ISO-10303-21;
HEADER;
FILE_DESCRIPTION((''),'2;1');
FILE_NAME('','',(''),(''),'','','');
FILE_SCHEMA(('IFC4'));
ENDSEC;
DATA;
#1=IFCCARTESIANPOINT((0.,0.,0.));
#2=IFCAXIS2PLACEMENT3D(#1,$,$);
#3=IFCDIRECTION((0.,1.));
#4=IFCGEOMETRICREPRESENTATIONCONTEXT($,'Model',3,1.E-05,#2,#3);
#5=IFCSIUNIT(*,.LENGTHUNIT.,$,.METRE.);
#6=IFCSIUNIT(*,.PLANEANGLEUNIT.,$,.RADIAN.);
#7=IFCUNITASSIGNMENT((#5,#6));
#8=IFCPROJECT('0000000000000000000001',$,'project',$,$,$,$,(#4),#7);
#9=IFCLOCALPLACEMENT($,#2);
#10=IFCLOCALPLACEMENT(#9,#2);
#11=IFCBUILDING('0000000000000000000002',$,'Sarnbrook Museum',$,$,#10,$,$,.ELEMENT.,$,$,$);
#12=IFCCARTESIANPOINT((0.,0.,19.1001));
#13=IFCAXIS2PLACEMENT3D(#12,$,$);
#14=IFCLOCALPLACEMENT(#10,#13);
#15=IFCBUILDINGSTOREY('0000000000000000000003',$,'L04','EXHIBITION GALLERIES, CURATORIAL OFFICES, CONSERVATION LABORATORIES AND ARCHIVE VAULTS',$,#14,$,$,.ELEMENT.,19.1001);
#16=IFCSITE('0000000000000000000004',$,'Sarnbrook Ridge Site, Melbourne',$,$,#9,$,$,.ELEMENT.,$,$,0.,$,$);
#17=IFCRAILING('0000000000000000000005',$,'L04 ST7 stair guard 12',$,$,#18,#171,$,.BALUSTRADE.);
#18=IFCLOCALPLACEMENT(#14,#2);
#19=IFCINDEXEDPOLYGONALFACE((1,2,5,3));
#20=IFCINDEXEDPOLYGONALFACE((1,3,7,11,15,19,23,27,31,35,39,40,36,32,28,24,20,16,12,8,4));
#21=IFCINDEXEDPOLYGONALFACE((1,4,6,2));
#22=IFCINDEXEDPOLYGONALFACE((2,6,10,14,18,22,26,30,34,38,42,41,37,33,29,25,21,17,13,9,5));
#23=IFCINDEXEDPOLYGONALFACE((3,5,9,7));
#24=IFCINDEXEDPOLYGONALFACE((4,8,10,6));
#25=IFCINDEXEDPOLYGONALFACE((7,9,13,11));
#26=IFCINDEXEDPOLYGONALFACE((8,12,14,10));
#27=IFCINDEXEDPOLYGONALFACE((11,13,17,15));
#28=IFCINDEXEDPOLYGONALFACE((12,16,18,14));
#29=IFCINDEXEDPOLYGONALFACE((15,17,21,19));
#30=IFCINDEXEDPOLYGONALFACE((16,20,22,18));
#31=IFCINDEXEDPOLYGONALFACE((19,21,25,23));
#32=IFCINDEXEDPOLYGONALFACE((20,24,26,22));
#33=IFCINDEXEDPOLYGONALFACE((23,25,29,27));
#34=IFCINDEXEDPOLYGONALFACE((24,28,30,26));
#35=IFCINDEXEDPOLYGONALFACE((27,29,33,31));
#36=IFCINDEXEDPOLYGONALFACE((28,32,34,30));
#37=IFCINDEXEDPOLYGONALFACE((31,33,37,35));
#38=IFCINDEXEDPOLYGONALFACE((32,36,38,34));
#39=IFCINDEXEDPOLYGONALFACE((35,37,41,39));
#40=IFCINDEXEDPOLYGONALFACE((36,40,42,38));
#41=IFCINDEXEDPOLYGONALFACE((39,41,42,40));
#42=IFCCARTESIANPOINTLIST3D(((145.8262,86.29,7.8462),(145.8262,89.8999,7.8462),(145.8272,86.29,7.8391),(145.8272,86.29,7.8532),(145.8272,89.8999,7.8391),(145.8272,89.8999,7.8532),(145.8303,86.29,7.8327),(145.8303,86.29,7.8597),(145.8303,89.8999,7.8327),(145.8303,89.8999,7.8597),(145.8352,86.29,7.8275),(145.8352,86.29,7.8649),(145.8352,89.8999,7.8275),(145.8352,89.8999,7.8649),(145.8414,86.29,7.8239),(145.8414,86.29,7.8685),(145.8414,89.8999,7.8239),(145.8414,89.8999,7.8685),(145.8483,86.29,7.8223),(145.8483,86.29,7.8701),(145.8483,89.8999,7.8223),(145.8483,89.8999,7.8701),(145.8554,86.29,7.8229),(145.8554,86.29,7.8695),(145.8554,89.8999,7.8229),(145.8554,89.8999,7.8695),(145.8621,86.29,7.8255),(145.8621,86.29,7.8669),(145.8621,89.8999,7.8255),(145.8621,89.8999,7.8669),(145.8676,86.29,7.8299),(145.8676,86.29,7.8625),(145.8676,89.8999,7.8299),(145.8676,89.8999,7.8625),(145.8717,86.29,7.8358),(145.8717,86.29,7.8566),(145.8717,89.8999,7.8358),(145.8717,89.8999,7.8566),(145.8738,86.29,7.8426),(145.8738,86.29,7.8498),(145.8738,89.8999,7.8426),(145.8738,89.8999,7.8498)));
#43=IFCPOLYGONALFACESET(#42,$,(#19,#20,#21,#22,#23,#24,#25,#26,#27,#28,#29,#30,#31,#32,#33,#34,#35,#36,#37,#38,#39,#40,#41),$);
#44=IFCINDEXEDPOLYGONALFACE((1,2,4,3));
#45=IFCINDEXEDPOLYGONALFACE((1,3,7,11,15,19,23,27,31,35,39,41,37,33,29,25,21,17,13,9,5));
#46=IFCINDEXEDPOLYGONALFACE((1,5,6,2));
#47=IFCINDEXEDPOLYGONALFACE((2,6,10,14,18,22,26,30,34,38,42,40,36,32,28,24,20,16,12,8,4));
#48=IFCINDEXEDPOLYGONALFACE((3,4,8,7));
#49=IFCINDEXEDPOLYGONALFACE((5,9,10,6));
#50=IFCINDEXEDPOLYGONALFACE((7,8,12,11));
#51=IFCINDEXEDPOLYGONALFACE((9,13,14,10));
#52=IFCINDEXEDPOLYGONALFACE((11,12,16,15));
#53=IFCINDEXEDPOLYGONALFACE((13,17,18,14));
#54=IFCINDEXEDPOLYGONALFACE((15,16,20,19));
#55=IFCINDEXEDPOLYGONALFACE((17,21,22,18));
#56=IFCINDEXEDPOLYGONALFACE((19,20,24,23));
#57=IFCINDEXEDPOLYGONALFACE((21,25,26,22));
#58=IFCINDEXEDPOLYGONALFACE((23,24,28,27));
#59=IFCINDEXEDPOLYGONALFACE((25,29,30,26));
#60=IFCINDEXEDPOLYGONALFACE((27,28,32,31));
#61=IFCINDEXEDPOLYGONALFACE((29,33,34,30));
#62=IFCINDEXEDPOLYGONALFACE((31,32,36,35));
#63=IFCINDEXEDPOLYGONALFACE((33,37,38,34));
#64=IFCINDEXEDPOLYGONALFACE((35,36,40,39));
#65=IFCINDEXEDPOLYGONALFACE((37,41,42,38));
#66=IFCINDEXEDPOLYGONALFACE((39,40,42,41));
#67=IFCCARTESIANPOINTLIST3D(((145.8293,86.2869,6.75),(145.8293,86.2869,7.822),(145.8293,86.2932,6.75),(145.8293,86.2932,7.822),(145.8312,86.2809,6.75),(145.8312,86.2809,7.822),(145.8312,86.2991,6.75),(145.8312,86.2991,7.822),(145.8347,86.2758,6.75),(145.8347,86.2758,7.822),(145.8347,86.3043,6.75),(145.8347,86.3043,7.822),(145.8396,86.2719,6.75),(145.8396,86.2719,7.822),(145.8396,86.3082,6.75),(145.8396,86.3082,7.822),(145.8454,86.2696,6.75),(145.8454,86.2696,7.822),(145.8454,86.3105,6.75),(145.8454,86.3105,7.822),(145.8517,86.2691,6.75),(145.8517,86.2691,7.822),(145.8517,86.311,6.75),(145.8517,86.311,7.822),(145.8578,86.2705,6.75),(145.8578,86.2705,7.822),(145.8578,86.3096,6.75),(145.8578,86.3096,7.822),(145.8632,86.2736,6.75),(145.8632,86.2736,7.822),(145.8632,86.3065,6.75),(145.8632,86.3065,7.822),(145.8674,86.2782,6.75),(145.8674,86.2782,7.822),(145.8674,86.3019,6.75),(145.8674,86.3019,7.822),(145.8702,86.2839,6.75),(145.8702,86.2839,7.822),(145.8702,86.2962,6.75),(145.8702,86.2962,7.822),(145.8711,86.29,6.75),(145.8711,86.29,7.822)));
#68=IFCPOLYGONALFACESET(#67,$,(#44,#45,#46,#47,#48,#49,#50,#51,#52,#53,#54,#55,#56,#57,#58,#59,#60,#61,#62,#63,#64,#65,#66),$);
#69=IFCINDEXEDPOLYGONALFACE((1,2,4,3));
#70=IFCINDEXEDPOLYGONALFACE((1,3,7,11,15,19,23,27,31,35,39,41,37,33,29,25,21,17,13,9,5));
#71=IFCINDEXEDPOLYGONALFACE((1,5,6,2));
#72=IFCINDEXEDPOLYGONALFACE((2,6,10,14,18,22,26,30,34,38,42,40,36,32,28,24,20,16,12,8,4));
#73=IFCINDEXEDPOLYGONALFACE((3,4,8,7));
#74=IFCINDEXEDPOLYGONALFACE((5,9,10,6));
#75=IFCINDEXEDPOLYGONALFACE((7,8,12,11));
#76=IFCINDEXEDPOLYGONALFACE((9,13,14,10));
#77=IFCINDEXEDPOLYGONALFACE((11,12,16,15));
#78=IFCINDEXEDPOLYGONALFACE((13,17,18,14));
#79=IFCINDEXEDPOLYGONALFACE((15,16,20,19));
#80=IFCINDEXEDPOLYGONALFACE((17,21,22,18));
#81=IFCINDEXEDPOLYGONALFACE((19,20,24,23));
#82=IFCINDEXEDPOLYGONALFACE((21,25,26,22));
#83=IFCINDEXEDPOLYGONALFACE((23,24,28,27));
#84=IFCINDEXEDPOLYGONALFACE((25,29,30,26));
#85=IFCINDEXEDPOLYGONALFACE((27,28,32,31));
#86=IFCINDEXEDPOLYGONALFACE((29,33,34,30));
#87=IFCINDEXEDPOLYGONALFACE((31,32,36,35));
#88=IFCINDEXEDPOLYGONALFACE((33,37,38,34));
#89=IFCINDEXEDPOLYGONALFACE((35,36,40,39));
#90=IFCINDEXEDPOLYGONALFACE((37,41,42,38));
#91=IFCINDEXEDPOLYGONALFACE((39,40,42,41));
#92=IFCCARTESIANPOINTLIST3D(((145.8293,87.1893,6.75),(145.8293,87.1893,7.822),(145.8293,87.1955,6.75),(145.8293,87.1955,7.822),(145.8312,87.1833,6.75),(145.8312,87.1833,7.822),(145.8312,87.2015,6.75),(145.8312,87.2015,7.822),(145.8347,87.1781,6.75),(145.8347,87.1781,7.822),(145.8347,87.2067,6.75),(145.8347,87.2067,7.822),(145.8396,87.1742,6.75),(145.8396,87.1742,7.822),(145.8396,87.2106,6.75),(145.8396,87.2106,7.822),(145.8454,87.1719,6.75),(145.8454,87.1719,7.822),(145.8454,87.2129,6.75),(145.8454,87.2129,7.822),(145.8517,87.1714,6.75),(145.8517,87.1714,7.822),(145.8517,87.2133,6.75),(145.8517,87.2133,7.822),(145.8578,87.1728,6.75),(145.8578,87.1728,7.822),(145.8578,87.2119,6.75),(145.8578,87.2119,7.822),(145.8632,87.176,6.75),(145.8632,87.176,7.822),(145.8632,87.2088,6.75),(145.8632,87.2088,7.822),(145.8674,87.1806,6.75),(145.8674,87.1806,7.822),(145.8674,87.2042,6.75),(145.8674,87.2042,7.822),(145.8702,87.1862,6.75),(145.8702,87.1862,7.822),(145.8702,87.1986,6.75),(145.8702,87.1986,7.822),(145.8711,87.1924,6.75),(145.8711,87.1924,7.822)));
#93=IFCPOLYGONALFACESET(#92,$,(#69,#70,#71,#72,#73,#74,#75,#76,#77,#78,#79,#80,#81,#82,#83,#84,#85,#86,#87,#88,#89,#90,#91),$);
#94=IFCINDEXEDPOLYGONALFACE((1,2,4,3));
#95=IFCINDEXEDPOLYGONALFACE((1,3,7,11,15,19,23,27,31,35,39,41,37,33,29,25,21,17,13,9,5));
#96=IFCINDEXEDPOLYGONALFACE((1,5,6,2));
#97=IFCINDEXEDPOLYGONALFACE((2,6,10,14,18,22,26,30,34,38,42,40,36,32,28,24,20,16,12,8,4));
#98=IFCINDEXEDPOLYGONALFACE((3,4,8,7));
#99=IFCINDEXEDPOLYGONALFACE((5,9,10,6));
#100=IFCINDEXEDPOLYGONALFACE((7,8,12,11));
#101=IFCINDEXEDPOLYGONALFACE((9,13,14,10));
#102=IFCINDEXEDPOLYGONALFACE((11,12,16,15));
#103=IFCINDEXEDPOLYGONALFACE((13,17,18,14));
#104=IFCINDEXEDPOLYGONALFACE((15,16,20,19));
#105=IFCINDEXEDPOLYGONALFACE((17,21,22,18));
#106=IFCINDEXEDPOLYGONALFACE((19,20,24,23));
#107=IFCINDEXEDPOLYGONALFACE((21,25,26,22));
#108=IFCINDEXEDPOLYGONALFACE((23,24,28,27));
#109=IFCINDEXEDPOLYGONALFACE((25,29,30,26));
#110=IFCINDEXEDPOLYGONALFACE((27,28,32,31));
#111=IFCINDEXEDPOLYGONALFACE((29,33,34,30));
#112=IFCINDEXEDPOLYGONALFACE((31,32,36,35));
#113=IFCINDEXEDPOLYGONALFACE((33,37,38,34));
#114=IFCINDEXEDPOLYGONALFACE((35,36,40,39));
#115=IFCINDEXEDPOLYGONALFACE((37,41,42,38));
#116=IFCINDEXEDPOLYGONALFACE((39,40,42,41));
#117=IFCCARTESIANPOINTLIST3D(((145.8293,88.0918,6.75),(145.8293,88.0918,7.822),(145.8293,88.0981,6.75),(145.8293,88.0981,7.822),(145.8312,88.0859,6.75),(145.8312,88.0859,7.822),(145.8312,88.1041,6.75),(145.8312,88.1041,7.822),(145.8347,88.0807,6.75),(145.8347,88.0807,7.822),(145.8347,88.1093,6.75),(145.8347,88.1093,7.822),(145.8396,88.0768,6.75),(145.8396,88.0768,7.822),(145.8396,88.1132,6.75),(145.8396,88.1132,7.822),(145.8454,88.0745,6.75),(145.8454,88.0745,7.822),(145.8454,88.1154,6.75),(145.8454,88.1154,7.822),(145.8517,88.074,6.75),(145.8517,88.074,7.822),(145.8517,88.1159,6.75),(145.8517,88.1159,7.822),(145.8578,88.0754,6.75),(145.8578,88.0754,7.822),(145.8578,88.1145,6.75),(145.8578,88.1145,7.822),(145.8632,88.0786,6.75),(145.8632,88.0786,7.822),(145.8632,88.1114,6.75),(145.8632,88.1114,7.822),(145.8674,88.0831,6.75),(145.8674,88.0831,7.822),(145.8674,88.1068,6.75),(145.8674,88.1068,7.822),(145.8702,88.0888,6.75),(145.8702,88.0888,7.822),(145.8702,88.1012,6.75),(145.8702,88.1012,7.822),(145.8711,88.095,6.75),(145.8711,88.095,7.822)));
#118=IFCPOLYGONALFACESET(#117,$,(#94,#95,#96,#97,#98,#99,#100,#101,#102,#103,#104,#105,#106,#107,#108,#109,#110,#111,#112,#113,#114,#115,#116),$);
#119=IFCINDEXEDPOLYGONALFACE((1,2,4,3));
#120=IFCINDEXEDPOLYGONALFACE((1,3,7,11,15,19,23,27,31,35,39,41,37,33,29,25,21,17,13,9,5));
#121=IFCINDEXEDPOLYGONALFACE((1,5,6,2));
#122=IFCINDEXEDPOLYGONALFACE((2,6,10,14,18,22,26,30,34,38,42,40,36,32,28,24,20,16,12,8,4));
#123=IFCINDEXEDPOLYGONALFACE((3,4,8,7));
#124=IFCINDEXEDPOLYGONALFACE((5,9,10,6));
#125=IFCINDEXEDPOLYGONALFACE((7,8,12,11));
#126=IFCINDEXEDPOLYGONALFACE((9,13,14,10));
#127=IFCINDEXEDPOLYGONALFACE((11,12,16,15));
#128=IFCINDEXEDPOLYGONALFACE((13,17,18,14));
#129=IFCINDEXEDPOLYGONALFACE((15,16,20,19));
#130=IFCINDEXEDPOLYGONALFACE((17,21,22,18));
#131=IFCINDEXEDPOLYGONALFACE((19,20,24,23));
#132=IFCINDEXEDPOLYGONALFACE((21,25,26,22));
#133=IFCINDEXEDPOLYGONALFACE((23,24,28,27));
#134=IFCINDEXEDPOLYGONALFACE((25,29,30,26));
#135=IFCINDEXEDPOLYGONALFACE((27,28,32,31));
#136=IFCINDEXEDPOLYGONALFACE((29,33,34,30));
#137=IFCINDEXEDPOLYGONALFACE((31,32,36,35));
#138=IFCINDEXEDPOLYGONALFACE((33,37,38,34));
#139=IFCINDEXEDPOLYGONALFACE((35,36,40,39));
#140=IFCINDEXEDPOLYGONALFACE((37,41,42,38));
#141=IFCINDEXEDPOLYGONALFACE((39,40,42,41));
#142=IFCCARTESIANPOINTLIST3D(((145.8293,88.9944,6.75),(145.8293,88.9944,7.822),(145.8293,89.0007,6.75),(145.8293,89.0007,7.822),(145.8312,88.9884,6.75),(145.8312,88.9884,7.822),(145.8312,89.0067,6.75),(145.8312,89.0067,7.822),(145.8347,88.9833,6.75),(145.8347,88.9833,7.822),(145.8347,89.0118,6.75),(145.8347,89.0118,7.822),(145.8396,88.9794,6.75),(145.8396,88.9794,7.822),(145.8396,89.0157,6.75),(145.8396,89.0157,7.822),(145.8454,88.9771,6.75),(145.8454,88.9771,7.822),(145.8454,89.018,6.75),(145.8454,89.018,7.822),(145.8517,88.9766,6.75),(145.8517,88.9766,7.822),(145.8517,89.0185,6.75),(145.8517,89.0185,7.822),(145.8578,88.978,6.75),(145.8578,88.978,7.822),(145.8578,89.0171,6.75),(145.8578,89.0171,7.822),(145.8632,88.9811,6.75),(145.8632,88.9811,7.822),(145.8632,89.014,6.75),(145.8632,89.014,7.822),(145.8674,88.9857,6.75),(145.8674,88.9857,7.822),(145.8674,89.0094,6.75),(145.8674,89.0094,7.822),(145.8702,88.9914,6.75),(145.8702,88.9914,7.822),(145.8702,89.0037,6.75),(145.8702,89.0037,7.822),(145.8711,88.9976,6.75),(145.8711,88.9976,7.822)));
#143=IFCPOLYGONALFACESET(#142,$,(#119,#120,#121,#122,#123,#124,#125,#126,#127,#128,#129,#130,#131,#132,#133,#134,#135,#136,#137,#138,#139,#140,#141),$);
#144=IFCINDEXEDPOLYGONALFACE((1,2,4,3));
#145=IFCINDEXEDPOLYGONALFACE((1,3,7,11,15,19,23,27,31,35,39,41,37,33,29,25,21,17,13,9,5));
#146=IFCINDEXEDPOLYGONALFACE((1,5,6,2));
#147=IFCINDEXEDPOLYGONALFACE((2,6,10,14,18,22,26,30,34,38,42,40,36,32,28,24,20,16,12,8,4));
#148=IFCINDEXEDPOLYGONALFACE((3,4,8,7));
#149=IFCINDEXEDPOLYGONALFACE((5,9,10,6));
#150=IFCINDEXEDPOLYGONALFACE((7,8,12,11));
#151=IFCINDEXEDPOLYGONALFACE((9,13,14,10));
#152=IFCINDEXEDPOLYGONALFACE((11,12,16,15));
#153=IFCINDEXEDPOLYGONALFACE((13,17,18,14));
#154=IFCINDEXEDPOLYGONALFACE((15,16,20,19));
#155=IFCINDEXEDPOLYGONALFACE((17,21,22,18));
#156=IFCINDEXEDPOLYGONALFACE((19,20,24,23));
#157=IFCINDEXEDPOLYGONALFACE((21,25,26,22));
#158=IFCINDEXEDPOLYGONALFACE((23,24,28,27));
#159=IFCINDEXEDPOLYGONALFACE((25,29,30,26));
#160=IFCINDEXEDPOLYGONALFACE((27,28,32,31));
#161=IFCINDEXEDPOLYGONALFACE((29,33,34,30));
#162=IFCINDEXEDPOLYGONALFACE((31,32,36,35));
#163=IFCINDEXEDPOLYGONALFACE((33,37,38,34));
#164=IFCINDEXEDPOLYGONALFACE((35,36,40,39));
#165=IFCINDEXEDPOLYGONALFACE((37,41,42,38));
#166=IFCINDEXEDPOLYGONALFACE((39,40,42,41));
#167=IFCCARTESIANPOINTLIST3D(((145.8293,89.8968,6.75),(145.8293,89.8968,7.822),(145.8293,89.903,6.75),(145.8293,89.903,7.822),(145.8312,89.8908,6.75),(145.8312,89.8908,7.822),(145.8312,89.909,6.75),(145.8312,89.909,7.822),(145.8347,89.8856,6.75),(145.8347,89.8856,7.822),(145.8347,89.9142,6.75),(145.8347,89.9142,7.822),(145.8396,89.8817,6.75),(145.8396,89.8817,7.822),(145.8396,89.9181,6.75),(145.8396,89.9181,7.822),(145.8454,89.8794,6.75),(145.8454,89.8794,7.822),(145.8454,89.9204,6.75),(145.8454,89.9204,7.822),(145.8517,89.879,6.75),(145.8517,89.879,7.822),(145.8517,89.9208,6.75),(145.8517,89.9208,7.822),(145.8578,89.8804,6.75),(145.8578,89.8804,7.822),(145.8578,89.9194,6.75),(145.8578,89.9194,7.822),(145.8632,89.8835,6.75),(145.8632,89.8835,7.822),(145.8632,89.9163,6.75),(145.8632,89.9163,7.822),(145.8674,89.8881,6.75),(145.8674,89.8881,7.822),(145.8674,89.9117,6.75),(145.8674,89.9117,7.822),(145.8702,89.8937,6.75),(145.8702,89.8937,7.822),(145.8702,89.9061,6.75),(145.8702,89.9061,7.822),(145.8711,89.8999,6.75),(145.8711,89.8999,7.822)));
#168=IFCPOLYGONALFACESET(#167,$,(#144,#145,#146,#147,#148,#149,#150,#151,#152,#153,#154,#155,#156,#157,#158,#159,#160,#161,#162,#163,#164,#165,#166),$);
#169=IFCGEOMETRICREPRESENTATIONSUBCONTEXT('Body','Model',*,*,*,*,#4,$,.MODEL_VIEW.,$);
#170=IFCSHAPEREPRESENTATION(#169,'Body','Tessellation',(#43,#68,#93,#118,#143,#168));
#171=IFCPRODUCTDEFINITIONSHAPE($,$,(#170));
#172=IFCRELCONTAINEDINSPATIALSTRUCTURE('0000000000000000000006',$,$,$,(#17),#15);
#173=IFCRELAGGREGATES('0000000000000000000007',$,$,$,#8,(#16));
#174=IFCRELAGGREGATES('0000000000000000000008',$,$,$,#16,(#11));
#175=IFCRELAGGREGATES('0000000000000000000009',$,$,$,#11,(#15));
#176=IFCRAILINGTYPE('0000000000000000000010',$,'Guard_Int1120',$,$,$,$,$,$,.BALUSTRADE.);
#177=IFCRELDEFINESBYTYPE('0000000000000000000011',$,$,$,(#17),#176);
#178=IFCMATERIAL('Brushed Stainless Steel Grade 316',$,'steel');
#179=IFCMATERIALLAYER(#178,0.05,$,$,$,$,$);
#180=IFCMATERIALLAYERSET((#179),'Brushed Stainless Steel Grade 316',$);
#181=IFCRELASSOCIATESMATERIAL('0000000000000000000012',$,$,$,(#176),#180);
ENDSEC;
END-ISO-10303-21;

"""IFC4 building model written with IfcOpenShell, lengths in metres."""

from ifc_helpers import new_model, si_unit, direction, frame, origin, origin_2d, place, context, subcontext, project, spatial, circle, extrude, material, layer, layer_set, type_object, element, save


model = new_model("IFC4")

# Units and contexts
model_context = context("Model", 3, precision=1e-05, world=origin(), true_north=direction((0.0, 1.0)))
body_context = subcontext(model_context, "Body", "Model", "MODEL_VIEW")
ifc_project = project(units=[si_unit("LENGTHUNIT", "METRE"), si_unit("PLANEANGLEUNIT", "RADIAN")], contexts=[model_context])

# Site, building, storey
site_placement = place(None, origin())
site = spatial("IfcSite", under=ifc_project, at=site_placement, Name="Sarnbrook Ridge Site, Melbourne", CompositionType="ELEMENT", RefElevation=0.0)
building_placement = place(site_placement, origin())
building = spatial("IfcBuilding", under=site, at=building_placement, Name="Sarnbrook Museum", CompositionType="ELEMENT")
storey_placement = place(building_placement, frame((0.0, 0.0, 19.1001)))
storey = spatial("IfcBuildingStorey", under=building, at=storey_placement, Name="L04", Description="EXHIBITION GALLERIES, CURATORIAL OFFICES, CONSERVATION LABORATORIES AND ARCHIVE VAULTS", CompositionType="ELEMENT", Elevation=19.1001)

# Railing
ifc_material_1 = material(Name="Brushed Stainless Steel Grade 316", Category="steel")
ifc_layer_1 = layer(ifc_material_1, 0.05)
ifc_layer_set_1 = layer_set([ifc_layer_1], Name="Brushed Stainless Steel Grade 316")
railing_type = type_object("IfcRailingType", Name="Guard_Int1120", PredefinedType="BALUSTRADE", material=ifc_layer_set_1)
railing_1_placement = place(storey_placement, frame((145.8501, 86.29, 6.75)))
element("IfcRailing", 1, at=railing_1_placement, inside=storey, type_object=railing_type, Name="L04 ST7 stair guard 12", PredefinedType="BALUSTRADE", context=body_context, shape_type="SweptSolid", body=[
    extrude(circle(Radius=0.0239, at=origin_2d()), frame((0.0, 0.0, 1.0962), z_axis=(0.0, 1.0, 0.0), x_axis=(-1.0, 0.0, 0.0)), (0.0, 0.0, 1.0), 3.6099),
    extrude(circle(Radius=0.021, at=origin_2d()), origin(), (0.0, 0.0, 1.0), 1.072),
    extrude(circle(Radius=0.021, at=origin_2d()), frame((0.0, 0.9023, 0.0)), (0.0, 0.0, 1.0), 1.072),
    extrude(circle(Radius=0.021, at=origin_2d()), frame((0.0, 1.8049, 0.0)), (0.0, 0.0, 1.0), 1.072),
    extrude(circle(Radius=0.021, at=origin_2d()), frame((0.0, 2.7075, 0.0)), (0.0, 0.0, 1.0), 1.072),
    extrude(circle(Radius=0.021, at=origin_2d()), frame((0.0, 3.6099, 0.0)), (0.0, 0.0, 1.0), 1.072),
])

save(model, "model.ifc")
